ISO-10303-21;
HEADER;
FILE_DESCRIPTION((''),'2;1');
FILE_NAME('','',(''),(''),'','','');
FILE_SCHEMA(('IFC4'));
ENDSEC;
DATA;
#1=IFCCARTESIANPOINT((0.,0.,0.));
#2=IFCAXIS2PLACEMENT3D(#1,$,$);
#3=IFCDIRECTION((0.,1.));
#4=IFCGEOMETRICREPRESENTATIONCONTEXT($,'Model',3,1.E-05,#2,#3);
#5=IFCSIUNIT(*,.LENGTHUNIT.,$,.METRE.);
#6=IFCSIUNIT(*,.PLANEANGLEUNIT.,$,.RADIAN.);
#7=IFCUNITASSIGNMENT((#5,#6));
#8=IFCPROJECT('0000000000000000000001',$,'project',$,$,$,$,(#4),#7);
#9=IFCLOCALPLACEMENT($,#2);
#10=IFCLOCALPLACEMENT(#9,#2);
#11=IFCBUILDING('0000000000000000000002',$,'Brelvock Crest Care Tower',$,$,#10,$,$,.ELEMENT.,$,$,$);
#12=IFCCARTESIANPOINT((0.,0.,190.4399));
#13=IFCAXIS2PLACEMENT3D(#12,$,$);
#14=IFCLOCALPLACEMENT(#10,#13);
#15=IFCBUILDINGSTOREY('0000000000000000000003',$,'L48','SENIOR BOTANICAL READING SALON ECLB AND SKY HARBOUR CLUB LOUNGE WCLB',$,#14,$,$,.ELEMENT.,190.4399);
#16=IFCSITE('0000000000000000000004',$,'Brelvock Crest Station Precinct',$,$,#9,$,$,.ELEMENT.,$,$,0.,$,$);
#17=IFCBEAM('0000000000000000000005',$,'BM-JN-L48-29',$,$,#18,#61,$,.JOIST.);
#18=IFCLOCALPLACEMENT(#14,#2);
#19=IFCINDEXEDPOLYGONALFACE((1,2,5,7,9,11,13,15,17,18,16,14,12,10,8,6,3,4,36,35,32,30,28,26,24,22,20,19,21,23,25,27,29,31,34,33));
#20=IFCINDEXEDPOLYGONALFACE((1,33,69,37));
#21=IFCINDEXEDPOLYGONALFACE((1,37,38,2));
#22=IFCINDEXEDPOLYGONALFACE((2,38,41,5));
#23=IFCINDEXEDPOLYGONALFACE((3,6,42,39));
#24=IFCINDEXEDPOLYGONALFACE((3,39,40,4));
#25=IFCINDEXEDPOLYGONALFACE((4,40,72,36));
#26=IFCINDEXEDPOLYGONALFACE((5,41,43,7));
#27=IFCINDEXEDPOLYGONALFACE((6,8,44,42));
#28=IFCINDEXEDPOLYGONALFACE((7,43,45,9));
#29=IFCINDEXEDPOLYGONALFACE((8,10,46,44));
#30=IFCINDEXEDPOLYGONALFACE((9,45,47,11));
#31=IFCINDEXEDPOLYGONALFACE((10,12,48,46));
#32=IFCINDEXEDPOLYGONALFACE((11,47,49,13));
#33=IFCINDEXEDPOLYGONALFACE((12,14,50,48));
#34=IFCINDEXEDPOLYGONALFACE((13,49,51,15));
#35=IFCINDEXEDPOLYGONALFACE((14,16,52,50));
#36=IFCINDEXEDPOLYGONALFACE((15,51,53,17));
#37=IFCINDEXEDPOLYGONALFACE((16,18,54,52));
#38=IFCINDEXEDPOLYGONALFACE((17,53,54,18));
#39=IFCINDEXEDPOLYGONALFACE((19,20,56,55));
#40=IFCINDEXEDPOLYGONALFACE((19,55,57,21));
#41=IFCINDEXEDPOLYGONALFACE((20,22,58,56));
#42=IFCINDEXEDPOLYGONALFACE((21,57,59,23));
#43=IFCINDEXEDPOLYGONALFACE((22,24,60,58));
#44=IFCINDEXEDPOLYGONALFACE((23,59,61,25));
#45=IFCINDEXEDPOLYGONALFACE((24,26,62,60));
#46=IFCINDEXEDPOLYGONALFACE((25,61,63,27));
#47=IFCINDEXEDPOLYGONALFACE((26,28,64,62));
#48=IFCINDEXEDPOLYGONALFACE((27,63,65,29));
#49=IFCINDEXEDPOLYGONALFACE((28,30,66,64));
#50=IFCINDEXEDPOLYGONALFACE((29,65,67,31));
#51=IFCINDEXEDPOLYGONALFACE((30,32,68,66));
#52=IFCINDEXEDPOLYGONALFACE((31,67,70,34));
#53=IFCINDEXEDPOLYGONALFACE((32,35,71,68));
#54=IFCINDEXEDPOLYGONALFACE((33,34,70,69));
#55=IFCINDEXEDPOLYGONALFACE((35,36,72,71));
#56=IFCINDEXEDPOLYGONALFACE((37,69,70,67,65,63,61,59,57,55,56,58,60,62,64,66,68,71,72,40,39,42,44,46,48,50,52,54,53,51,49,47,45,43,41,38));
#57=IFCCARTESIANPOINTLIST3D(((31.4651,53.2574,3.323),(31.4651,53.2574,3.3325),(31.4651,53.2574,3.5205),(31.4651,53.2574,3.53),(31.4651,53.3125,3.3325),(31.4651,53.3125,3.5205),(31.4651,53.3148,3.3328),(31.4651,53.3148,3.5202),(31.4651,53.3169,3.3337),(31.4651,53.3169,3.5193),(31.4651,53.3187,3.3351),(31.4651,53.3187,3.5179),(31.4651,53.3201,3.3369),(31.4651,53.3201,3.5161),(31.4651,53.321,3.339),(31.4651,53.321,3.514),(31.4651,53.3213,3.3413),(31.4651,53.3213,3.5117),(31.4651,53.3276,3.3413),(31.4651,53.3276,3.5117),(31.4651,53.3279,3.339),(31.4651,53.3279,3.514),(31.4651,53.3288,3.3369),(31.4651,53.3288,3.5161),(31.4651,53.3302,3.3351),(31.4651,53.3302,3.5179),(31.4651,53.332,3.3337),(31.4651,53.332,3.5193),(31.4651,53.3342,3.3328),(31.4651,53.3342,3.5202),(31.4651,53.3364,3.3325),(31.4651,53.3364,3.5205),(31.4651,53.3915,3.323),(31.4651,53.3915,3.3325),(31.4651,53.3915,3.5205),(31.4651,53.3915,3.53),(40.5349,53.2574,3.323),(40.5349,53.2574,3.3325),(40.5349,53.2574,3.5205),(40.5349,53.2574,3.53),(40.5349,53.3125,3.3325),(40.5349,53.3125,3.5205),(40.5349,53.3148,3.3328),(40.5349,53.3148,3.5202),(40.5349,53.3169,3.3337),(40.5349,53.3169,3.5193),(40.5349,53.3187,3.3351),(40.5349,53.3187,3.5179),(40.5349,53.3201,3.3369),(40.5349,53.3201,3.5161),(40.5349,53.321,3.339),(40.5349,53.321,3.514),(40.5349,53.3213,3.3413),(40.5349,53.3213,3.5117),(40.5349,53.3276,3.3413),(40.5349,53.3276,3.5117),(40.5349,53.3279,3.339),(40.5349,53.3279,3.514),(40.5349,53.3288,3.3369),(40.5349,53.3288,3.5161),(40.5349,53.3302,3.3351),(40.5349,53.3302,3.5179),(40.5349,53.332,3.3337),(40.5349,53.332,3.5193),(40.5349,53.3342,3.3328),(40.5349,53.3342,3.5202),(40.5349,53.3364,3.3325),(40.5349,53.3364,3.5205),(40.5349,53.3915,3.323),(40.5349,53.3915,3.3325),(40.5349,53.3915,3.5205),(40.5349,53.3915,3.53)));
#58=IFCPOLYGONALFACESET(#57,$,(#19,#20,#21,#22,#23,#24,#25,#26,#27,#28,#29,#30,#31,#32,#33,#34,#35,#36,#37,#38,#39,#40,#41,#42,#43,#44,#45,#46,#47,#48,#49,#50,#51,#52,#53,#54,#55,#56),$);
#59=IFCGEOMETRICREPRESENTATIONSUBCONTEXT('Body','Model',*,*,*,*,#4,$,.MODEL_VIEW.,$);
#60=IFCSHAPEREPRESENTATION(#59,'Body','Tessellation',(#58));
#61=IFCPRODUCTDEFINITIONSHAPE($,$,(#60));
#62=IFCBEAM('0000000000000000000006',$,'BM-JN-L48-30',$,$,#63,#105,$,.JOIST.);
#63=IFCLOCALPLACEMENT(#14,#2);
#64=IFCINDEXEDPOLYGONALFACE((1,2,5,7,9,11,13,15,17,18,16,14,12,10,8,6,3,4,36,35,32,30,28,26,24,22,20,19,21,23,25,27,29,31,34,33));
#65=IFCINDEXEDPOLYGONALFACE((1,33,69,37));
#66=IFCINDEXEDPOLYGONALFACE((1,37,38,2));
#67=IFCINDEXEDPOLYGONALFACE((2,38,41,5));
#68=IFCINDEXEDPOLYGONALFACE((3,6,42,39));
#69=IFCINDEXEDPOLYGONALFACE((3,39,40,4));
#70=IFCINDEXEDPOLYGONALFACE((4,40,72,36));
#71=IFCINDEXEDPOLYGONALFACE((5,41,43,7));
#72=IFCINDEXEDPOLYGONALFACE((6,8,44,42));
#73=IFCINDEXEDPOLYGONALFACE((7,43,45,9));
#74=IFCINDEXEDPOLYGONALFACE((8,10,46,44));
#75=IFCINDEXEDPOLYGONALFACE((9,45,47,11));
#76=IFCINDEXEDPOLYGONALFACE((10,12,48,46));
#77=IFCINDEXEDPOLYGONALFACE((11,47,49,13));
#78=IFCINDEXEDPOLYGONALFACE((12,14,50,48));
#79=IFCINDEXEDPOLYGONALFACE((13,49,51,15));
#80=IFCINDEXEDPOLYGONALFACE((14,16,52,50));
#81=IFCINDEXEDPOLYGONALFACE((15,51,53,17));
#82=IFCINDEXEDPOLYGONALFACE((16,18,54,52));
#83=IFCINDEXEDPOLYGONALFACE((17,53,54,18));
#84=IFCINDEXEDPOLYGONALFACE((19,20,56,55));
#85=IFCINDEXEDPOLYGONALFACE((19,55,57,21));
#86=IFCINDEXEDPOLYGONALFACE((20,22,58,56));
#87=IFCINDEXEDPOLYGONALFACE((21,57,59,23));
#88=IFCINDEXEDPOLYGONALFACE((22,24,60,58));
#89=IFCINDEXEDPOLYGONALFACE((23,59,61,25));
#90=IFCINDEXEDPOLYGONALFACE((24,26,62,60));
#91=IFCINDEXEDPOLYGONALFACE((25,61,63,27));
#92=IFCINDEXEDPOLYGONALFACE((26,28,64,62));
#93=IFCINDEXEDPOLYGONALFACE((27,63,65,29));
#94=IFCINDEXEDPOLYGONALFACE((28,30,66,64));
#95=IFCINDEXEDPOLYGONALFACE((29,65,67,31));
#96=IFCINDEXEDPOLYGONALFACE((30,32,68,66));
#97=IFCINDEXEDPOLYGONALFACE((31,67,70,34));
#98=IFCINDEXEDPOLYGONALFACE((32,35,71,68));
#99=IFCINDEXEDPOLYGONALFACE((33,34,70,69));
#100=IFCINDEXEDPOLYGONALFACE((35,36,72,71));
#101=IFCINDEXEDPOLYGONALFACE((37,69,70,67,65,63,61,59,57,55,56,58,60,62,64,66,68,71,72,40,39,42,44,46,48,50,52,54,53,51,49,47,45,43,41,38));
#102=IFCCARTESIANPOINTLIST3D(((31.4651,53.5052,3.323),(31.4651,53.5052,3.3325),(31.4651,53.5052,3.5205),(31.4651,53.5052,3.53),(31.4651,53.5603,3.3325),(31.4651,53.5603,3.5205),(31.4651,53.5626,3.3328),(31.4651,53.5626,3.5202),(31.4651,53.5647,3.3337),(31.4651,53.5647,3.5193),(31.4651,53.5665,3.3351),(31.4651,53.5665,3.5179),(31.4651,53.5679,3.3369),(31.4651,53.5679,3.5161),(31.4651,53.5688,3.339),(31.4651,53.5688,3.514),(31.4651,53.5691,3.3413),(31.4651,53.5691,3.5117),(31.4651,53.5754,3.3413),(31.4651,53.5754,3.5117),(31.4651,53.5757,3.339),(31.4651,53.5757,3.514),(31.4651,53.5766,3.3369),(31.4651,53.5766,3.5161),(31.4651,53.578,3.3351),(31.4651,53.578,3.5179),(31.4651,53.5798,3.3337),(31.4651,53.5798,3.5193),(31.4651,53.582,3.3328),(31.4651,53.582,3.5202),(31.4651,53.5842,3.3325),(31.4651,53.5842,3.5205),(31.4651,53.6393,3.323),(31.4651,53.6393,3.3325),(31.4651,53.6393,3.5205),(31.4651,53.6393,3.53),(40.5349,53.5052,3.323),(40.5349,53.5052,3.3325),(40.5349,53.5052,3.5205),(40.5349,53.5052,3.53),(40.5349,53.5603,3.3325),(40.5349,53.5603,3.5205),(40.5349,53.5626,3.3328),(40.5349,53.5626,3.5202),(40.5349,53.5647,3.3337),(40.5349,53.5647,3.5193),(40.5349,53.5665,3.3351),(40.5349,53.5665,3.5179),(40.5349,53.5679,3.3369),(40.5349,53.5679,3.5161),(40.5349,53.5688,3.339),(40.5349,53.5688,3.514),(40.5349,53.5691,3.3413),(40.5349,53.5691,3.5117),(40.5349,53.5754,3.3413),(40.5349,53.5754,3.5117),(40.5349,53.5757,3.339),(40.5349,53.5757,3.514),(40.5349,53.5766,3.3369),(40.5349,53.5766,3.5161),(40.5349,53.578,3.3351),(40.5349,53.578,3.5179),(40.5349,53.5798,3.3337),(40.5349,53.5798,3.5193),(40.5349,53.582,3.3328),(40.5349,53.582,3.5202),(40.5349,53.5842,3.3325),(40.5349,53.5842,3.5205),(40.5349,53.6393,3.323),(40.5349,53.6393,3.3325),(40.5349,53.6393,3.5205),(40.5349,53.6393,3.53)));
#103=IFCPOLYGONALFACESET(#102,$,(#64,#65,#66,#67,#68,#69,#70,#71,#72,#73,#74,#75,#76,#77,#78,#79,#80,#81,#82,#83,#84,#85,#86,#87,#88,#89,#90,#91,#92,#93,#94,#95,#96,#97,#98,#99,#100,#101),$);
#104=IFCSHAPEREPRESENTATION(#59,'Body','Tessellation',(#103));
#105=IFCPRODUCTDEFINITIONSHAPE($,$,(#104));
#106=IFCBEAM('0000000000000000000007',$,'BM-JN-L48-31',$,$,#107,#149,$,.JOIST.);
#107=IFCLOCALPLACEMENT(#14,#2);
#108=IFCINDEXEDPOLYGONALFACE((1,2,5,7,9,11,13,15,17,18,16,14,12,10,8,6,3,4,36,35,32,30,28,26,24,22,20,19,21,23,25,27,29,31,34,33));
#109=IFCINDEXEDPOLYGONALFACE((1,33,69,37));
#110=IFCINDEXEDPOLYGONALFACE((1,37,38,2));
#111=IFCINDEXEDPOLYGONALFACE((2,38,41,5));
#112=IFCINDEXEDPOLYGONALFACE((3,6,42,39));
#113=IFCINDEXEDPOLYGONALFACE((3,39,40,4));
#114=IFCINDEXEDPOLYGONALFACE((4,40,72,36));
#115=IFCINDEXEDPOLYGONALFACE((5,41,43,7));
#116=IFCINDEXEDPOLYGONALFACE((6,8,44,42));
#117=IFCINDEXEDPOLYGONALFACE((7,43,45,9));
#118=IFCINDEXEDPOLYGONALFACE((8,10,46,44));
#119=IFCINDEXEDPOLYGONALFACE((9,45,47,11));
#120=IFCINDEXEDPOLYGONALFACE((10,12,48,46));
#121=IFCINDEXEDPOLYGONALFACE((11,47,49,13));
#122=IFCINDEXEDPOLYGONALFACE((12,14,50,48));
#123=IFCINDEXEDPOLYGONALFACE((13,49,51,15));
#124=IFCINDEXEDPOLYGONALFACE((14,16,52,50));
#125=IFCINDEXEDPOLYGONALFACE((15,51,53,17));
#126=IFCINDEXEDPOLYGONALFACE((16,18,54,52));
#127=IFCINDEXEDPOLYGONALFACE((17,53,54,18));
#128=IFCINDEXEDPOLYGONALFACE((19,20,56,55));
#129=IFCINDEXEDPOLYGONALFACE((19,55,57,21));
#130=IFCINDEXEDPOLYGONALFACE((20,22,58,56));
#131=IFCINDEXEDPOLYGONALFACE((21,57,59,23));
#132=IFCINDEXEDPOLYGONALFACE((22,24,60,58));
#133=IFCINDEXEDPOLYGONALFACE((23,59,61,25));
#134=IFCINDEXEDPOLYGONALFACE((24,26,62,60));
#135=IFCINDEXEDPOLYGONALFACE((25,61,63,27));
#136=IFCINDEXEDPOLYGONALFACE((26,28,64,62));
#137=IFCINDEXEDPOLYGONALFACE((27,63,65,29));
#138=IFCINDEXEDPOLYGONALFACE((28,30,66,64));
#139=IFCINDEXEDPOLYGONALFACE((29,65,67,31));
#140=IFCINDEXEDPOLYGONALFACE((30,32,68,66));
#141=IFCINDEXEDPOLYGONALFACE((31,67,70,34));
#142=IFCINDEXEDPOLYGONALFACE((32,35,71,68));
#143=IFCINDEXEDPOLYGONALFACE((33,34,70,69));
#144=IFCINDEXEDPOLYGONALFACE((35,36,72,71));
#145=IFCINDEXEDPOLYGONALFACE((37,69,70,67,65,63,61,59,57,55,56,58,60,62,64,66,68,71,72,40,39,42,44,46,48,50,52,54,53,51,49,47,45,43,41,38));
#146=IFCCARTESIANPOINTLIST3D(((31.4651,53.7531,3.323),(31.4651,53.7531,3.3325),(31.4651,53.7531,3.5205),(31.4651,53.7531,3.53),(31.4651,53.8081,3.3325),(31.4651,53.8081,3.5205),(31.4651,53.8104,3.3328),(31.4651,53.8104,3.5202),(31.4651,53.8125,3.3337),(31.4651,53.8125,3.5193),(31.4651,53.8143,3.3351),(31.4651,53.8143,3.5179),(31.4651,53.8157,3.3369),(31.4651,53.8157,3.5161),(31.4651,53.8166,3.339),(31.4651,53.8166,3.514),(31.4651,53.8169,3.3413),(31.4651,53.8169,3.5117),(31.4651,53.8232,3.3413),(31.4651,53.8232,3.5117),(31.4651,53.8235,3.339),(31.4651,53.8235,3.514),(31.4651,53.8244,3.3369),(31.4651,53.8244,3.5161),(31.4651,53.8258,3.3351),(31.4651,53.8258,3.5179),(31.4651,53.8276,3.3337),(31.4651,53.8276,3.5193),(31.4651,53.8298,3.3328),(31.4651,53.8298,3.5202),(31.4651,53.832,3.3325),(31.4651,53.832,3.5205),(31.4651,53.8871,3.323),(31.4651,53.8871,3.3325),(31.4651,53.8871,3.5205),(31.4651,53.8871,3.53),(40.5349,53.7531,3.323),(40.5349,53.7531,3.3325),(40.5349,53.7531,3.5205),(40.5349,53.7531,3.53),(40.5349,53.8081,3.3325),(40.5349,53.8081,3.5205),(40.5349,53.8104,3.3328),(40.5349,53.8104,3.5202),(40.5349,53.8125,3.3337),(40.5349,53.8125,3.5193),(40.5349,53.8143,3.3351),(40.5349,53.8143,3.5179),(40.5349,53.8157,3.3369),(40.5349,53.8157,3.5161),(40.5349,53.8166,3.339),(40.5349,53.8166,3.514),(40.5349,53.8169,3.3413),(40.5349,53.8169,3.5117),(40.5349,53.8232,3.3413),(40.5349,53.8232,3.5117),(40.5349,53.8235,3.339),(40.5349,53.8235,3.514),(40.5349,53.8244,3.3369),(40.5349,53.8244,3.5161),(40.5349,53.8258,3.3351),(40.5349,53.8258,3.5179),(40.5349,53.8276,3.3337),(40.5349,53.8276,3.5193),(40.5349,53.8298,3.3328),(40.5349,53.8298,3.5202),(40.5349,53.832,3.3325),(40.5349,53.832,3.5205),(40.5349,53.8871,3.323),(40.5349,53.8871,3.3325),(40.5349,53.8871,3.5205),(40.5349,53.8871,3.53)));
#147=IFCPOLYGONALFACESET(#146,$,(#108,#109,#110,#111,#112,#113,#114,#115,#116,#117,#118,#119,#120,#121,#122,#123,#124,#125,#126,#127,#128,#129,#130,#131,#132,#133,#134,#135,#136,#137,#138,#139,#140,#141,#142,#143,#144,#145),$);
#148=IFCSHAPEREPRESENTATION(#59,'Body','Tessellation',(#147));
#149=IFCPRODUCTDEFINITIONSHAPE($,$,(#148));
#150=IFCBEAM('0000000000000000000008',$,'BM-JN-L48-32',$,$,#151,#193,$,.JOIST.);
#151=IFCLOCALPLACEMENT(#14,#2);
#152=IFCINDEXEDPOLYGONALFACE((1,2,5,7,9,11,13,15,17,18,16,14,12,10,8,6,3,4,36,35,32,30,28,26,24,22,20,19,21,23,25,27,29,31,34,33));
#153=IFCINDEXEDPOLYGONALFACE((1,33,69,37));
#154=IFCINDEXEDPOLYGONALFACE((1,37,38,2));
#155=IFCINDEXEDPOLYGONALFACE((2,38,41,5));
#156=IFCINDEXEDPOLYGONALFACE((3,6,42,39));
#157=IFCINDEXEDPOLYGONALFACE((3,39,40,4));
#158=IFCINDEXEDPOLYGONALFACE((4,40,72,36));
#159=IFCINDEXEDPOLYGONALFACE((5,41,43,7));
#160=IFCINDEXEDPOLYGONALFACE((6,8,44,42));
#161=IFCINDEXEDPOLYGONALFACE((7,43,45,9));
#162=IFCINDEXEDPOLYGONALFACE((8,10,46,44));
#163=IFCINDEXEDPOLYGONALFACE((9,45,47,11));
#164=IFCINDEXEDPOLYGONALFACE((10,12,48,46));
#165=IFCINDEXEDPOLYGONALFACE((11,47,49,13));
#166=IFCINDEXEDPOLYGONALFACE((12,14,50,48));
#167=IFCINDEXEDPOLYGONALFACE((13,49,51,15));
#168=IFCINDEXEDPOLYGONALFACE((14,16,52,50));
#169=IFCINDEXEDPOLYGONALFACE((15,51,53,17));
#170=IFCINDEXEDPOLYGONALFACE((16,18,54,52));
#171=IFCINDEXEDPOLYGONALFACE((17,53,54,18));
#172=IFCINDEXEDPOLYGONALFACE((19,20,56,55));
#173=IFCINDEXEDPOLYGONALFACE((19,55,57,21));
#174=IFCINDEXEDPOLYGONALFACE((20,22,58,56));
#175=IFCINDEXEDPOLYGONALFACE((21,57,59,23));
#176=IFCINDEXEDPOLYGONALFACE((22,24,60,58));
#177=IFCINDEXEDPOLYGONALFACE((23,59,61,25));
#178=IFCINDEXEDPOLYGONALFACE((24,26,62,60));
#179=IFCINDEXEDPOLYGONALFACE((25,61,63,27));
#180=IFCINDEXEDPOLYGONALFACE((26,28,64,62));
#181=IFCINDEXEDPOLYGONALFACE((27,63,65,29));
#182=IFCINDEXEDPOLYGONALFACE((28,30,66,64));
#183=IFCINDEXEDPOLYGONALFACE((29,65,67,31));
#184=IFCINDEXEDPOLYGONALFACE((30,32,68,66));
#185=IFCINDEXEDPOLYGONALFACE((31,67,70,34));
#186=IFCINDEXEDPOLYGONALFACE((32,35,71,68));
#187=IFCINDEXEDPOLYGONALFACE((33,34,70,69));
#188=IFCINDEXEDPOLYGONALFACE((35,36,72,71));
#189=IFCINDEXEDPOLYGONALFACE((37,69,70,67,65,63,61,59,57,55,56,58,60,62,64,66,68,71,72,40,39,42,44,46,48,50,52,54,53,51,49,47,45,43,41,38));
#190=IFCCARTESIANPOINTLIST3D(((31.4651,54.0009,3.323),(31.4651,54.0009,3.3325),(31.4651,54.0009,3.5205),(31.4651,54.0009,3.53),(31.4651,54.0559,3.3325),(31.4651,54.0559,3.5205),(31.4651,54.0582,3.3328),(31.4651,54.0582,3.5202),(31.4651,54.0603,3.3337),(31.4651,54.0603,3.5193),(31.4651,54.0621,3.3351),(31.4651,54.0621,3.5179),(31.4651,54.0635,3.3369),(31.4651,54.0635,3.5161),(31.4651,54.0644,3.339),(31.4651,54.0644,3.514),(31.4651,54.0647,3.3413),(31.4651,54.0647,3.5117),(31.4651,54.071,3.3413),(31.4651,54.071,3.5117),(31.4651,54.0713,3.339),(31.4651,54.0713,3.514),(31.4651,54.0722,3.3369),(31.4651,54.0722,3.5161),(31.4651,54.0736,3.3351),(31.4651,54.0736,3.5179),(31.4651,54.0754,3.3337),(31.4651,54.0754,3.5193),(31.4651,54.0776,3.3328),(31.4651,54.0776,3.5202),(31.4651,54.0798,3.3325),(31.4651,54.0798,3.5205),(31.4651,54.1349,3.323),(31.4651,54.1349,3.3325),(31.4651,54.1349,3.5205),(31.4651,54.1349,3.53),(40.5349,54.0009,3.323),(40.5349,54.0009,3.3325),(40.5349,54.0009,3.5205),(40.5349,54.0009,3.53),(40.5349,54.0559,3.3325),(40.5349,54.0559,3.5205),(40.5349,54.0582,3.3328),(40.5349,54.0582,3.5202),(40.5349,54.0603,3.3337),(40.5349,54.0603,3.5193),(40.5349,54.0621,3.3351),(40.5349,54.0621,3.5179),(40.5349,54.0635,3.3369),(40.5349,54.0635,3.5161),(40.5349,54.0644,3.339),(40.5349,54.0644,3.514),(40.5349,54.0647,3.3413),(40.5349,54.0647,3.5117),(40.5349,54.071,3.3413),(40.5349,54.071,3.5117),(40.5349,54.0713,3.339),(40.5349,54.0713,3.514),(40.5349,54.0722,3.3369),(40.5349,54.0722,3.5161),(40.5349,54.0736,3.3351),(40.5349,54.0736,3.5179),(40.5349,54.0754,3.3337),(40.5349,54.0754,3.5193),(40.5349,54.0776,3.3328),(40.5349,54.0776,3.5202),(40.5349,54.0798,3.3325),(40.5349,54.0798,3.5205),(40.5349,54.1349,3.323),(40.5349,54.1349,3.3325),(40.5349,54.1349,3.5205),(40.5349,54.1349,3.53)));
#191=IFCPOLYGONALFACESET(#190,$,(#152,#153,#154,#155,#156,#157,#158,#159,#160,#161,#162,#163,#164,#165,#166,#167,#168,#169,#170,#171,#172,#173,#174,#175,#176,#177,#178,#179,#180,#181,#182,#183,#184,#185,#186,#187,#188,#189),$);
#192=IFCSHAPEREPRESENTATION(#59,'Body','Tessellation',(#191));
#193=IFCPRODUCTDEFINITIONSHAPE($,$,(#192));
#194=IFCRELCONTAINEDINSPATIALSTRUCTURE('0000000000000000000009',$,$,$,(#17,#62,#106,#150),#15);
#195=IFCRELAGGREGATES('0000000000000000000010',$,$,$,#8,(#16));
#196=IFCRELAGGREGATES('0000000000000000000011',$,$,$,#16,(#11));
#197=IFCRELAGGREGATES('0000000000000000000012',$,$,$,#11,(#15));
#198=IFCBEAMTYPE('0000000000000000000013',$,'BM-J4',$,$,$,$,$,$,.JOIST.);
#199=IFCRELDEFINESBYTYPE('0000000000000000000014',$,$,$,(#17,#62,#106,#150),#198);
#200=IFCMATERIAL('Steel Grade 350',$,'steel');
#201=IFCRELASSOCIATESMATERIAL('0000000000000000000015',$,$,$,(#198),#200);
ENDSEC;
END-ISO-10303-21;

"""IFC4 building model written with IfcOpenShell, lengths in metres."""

from ifc_helpers import new_model, si_unit, direction, frame, origin, origin_2d, place, context, subcontext, project, spatial, i_section, extrude, source, transform, mapped, material, material_profile, profile_set, type_object, element, save


model = new_model("IFC4")

# Units and contexts
model_context = context("Model", 3, precision=1e-05, world=origin(), true_north=direction((0.0, 1.0)))
body_context = subcontext(model_context, "Body", "Model", "MODEL_VIEW")
ifc_project = project(units=[si_unit("LENGTHUNIT", "METRE"), si_unit("PLANEANGLEUNIT", "RADIAN")], contexts=[model_context])

# Site, building, storey
site_placement = place(None, origin())
site = spatial("IfcSite", under=ifc_project, at=site_placement, Name="Brelvock Crest Station Precinct", CompositionType="ELEMENT", RefElevation=0.0)
building_placement = place(site_placement, origin())
building = spatial("IfcBuilding", under=site, at=building_placement, Name="Brelvock Crest Care Tower", CompositionType="ELEMENT")
storey_placement = place(building_placement, frame((0.0, 0.0, 190.4399)))
storey = spatial("IfcBuildingStorey", under=building, at=storey_placement, Name="L48", Description="SENIOR BOTANICAL READING SALON ECLB AND SKY HARBOUR CLUB LOUNGE WCLB", CompositionType="ELEMENT", Elevation=190.4399)

# Shared definitions
ifc_material_1 = material(Name="Steel Grade 350", Category="steel")

# Beams
ifc_material_profile_1 = material_profile(ifc_material_1, i_section(OverallWidth=0.134, OverallDepth=0.207, WebThickness=0.0063, FlangeThickness=0.0095, FilletRadius=0.0088, at=origin_2d()), Name="200UB29.8")
ifc_profile_set_1 = profile_set([ifc_material_profile_1], Name="Steel Grade 350")
beam_type_1 = type_object("IfcBeamType", Name="BM-J4", PredefinedType="JOIST", material=ifc_profile_set_1)
shared_shape_1 = source(origin(), body_context, "Body", "SweptSolid", [
    extrude(i_section(OverallWidth=0.134, OverallDepth=0.207, WebThickness=0.0063, FlangeThickness=0.0095, FilletRadius=0.0088, at=origin_2d()), origin(), (0.0, 0.0, 1.0), 9.0698),
])
for number, where, z_axis, x_axis, name in (
    (1, (31.4651, 53.3245, 3.4265), (1.0, 0.0, 0.0), (0.0, 1.0, 0.0), "BM-JN-L48-29"),
    (2, (31.4651, 53.5723, 3.4265), (1.0, 0.0, 0.0), (0.0, 1.0, 0.0), "BM-JN-L48-30"),
    (3, (31.4651, 53.8201, 3.4265), (1.0, 0.0, 0.0), (0.0, 1.0, 0.0), "BM-JN-L48-31"),
    (4, (31.4651, 54.0679, 3.4265), (1.0, 0.0, 0.0), (0.0, 1.0, 0.0), "BM-JN-L48-32"),
):
    element("IfcBeam", number, at=place(storey_placement, frame(where, z_axis=z_axis, x_axis=x_axis)), inside=storey, type_object=beam_type_1, Name=name, PredefinedType="JOIST", context=body_context, shape_type="MappedRepresentation", body=[
        mapped(shared_shape_1, transform((0.0, 0.0, 0.0), x_axis=(1.0, 0.0, 0.0), y_axis=(0.0, 1.0, 0.0), z_axis=(0.0, 0.0, 1.0), scale=1.0)),
    ])

save(model, "model.ifc")
